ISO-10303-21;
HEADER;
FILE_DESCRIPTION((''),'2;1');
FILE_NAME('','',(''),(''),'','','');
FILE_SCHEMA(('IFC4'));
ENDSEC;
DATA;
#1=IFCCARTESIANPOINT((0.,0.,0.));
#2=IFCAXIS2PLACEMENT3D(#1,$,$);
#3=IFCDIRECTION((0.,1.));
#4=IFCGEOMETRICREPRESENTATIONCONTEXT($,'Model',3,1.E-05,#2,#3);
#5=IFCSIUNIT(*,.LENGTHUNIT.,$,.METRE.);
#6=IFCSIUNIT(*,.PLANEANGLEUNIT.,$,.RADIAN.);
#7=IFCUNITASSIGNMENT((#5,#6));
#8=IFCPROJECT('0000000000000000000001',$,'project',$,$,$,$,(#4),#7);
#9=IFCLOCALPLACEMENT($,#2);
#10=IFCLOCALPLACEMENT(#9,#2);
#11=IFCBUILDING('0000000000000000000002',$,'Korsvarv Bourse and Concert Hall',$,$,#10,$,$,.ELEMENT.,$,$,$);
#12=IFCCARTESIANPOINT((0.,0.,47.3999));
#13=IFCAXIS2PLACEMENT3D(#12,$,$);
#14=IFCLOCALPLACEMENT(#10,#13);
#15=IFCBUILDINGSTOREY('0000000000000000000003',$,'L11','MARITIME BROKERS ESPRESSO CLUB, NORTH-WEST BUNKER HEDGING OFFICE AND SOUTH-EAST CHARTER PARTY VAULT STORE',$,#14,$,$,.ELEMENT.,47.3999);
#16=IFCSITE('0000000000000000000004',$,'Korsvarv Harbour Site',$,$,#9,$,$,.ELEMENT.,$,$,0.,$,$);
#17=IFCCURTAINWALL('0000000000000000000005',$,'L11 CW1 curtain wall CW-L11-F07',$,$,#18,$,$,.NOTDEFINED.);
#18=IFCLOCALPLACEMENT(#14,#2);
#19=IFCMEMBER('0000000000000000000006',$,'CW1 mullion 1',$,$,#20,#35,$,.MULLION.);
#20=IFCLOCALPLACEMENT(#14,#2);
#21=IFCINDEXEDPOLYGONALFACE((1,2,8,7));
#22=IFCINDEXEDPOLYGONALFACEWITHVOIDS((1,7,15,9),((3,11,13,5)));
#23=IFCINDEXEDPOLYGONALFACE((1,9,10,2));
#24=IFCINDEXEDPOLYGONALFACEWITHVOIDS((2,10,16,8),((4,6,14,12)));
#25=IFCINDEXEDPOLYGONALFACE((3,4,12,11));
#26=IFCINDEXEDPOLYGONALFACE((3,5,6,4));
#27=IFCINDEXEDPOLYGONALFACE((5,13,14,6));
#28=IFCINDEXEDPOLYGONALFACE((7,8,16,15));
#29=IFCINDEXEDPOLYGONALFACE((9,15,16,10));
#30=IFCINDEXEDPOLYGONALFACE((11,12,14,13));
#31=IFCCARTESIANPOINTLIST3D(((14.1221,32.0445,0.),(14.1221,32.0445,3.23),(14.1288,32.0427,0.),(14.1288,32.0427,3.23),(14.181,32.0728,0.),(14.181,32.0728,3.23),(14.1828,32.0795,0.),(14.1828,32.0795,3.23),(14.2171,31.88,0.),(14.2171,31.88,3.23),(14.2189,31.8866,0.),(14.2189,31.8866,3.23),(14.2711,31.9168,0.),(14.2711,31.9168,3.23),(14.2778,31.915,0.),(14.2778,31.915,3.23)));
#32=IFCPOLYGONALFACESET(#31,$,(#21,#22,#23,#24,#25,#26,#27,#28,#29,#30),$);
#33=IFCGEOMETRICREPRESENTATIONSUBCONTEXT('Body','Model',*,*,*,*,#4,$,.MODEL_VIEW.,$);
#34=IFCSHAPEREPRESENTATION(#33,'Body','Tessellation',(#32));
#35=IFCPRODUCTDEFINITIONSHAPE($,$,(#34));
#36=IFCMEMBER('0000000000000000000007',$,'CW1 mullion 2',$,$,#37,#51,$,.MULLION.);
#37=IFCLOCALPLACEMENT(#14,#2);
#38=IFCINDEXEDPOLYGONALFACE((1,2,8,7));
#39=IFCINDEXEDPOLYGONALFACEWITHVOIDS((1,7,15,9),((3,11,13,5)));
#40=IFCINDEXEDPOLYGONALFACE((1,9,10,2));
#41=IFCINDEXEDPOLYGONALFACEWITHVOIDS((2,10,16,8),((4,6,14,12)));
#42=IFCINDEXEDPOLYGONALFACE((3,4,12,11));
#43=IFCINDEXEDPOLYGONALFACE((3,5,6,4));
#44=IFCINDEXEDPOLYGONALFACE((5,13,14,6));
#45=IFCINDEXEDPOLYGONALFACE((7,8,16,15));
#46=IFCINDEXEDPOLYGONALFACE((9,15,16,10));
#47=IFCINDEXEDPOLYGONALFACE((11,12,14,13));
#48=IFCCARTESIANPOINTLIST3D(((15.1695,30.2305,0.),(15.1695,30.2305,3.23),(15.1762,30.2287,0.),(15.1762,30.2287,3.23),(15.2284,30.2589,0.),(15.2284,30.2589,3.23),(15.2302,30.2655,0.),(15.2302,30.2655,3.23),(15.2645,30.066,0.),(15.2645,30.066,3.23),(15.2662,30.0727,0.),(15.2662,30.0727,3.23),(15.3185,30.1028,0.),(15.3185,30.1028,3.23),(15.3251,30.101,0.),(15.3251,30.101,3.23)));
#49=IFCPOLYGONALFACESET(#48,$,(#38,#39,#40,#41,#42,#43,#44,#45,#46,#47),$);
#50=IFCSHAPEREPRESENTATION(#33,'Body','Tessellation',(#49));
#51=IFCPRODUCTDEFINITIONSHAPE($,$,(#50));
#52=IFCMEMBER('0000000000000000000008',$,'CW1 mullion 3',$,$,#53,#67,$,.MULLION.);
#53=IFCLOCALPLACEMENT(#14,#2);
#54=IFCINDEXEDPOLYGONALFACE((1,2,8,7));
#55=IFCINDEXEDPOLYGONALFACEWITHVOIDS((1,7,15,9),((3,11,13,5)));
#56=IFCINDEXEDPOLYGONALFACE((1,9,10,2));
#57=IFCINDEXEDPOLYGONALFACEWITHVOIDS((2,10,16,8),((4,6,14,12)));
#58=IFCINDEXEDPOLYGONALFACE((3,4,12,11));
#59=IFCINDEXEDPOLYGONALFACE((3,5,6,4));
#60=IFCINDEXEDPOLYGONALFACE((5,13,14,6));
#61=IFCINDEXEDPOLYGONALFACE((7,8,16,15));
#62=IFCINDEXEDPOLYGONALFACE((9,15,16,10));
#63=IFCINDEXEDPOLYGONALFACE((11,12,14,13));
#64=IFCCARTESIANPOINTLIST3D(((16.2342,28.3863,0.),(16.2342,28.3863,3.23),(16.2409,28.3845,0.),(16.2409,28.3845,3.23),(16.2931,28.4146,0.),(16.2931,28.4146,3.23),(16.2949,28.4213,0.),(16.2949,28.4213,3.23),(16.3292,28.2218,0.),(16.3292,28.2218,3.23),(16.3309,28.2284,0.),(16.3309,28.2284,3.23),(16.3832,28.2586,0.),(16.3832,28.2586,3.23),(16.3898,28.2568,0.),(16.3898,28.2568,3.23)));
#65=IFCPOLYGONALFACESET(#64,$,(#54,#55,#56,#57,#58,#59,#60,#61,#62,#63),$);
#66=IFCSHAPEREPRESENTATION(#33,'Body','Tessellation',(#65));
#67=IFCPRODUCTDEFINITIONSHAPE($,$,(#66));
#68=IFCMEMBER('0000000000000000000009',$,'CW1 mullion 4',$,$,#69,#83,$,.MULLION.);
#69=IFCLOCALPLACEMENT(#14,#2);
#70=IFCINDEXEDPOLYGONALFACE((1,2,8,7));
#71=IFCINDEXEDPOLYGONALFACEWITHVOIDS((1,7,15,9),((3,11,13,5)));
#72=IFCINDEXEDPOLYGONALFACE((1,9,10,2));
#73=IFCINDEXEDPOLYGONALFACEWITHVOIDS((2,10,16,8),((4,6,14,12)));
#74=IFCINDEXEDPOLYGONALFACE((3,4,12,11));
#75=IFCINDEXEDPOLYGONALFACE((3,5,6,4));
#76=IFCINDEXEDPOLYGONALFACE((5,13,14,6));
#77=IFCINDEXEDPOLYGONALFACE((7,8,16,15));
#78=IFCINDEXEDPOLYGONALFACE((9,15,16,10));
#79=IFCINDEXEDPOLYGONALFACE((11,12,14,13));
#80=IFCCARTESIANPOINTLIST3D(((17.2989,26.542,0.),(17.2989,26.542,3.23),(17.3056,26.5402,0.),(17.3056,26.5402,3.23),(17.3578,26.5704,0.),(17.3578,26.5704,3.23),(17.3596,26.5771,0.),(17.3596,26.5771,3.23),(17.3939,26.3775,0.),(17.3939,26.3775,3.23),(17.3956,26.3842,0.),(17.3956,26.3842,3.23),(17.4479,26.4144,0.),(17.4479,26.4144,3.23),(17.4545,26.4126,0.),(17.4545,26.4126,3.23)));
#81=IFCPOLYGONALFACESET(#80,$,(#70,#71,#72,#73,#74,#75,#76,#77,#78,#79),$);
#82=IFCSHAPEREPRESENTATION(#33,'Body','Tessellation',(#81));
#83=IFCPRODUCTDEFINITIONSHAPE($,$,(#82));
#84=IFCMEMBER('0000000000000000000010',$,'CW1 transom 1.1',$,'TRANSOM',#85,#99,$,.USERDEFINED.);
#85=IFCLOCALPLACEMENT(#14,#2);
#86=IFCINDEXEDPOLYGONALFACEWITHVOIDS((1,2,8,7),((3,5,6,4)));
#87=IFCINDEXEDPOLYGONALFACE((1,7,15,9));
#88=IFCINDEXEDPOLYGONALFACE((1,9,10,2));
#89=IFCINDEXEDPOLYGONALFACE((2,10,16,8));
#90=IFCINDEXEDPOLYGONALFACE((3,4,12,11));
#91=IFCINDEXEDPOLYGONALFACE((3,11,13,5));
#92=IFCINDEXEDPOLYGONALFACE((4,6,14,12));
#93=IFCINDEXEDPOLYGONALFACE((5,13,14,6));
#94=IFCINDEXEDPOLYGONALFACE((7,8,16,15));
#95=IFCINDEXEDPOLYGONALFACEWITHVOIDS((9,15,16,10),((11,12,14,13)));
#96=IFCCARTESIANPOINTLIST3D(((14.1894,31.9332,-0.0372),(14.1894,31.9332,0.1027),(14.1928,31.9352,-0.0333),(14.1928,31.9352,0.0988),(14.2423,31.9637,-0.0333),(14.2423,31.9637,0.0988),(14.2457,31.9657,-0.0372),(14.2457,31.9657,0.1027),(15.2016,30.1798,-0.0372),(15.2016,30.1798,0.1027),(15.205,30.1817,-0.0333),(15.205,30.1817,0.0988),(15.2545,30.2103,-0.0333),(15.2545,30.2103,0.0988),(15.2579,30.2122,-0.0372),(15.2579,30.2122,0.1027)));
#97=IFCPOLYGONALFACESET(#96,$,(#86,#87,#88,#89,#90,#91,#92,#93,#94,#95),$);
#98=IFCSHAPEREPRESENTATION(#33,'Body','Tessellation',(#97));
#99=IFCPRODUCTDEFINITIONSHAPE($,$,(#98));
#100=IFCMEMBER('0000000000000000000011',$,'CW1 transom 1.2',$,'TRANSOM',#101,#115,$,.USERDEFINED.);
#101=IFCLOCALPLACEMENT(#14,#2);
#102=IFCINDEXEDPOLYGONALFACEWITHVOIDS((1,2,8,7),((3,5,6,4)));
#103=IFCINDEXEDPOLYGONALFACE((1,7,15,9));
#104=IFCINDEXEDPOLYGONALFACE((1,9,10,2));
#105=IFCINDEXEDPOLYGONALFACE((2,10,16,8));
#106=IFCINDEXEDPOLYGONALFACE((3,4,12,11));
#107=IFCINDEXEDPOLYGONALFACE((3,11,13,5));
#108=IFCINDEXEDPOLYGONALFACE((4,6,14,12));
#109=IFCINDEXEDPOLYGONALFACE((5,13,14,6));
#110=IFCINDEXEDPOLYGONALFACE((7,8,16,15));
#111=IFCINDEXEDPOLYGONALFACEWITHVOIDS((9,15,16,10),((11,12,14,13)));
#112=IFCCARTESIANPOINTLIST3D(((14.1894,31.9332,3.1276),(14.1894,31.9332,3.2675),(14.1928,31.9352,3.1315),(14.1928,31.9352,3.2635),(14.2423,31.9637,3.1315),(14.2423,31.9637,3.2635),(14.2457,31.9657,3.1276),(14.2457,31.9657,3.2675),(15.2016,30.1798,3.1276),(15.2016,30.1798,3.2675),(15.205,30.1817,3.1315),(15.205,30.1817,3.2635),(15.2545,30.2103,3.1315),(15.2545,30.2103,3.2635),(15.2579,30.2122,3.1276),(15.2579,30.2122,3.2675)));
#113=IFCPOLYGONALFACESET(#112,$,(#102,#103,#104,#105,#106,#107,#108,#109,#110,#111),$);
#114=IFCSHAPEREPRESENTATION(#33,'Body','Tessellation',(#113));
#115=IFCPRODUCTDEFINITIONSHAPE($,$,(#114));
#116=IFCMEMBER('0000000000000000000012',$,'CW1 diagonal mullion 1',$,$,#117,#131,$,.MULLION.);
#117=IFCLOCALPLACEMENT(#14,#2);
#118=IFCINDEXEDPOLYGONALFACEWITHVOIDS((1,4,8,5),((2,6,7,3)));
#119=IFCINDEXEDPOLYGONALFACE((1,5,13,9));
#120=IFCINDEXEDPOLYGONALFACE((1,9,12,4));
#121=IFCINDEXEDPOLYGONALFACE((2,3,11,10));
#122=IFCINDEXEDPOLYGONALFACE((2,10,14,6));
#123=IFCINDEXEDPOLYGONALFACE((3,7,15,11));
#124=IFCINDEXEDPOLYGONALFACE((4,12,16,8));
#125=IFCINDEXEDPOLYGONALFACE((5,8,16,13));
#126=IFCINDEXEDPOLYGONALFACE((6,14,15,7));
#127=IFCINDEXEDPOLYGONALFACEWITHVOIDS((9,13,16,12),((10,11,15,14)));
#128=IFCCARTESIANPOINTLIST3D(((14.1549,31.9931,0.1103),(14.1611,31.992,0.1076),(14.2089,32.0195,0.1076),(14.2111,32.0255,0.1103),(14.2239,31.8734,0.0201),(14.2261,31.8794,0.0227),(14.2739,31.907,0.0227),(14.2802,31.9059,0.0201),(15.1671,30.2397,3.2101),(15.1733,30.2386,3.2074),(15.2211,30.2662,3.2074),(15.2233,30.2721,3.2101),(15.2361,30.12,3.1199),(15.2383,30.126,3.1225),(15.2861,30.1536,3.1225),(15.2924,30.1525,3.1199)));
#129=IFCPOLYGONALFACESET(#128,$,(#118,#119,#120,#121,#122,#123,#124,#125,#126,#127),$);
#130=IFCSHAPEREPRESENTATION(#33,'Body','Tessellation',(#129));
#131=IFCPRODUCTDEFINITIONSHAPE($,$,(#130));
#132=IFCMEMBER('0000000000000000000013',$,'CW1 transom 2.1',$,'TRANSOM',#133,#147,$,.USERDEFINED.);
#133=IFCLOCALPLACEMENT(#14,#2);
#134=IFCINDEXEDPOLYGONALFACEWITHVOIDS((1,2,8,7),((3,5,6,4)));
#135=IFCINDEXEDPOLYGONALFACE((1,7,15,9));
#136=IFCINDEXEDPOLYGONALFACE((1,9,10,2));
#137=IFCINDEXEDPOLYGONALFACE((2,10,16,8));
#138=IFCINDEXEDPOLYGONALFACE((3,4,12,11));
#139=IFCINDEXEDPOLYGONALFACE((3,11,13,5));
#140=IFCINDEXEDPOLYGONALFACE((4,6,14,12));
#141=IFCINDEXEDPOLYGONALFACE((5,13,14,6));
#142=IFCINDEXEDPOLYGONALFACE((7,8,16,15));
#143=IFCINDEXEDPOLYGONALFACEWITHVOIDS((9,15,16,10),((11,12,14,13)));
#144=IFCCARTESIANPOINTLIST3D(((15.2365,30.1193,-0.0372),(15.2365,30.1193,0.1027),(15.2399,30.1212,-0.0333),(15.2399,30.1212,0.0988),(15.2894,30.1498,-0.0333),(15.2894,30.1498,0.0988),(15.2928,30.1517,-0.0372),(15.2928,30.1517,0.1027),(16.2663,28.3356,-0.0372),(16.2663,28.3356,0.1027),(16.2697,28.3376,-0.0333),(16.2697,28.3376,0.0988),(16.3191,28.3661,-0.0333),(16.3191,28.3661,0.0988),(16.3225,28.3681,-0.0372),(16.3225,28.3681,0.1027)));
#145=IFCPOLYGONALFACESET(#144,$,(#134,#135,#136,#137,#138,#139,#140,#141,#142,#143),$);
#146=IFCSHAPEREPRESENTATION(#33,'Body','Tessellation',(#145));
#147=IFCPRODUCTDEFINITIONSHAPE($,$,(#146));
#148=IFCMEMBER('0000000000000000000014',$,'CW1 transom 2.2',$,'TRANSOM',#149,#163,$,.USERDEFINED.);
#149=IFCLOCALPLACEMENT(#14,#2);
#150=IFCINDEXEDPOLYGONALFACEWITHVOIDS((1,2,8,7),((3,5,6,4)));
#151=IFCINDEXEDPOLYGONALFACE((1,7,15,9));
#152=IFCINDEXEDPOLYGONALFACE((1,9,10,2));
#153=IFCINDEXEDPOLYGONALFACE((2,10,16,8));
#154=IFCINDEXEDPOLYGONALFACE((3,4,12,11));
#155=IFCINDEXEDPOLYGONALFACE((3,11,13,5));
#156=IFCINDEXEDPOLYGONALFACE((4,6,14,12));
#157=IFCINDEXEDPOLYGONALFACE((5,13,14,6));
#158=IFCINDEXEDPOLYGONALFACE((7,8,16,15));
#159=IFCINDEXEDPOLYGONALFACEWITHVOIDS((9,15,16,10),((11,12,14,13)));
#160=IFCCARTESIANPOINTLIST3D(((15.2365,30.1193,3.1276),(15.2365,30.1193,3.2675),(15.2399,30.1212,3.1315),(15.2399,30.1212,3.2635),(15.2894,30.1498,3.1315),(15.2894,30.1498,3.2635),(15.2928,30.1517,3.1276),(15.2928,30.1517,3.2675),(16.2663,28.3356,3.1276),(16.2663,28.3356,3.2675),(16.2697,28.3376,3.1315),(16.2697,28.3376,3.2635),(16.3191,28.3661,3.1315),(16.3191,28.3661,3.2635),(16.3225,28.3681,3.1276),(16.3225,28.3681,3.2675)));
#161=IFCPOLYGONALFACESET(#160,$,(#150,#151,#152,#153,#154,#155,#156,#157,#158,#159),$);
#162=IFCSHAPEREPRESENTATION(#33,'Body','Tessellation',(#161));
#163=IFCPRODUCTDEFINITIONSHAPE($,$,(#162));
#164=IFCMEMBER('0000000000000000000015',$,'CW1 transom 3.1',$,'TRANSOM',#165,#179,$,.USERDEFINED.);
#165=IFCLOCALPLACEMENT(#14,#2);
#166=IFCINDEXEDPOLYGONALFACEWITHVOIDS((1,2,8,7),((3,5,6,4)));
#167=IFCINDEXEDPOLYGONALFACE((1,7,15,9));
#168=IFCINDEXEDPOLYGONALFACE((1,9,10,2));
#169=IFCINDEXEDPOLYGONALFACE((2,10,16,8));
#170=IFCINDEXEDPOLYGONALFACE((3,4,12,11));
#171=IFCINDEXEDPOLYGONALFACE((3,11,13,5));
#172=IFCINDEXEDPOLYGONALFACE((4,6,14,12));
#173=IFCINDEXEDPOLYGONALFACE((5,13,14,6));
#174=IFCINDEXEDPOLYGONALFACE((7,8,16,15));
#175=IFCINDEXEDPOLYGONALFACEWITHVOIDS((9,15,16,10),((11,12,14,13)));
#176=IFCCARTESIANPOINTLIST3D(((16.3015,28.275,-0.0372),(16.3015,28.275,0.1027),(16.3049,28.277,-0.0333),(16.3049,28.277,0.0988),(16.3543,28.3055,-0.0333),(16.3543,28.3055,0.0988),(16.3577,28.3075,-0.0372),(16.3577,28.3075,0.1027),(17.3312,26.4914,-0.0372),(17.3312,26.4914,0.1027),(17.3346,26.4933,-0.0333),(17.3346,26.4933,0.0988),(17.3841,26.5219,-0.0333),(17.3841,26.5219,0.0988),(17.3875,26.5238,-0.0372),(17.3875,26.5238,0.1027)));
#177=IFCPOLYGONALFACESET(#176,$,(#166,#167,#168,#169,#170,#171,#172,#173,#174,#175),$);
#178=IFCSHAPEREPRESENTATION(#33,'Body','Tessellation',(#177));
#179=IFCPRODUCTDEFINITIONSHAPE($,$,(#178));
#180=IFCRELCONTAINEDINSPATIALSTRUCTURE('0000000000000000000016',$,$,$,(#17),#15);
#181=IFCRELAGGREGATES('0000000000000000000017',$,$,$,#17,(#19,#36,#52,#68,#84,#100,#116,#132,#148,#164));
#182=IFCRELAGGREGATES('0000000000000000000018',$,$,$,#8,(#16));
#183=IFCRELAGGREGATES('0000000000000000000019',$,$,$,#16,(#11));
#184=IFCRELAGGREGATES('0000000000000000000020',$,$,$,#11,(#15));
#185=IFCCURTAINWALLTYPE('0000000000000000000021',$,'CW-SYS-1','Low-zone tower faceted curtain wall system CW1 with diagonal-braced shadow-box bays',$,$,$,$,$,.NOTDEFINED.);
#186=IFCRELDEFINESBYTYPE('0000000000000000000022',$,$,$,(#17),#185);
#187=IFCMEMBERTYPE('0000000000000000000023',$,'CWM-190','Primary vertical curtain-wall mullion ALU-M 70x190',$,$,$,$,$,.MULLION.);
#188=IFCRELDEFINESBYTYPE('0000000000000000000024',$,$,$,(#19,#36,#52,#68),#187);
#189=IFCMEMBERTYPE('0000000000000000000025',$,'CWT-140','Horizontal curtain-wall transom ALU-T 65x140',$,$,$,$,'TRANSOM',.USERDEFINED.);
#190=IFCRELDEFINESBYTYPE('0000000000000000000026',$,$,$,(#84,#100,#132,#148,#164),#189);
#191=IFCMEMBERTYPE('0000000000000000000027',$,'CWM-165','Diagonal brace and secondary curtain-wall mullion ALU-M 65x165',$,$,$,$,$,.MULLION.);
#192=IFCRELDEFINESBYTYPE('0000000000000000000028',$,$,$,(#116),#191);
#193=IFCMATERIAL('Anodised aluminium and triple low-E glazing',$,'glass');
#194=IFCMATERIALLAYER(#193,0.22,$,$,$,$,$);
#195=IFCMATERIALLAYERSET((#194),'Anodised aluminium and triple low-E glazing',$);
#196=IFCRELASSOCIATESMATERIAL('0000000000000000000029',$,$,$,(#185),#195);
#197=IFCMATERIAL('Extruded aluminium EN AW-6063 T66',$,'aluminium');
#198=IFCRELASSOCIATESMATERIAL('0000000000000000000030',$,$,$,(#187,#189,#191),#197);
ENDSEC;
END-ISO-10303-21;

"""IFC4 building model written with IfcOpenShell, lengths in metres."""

from ifc_helpers import new_model, si_unit, direction, frame, origin, origin_2d, place, context, subcontext, project, spatial, hollow_rectangle, extrude, source, transform, mapped, material, layer, layer_set, material_profile, profile_set, type_object, element, aggregate, save


model = new_model("IFC4")

# Units and contexts
model_context = context("Model", 3, precision=1e-05, world=origin(), true_north=direction((0.0, 1.0)))
body_context = subcontext(model_context, "Body", "Model", "MODEL_VIEW")
ifc_project = project(units=[si_unit("LENGTHUNIT", "METRE"), si_unit("PLANEANGLEUNIT", "RADIAN")], contexts=[model_context])

# Site, building, storey
site_placement = place(None, origin())
site = spatial("IfcSite", under=ifc_project, at=site_placement, Name="Korsvarv Harbour Site", CompositionType="ELEMENT", RefElevation=0.0)
building_placement = place(site_placement, origin())
building = spatial("IfcBuilding", under=site, at=building_placement, Name="Korsvarv Bourse and Concert Hall", CompositionType="ELEMENT")
storey_placement = place(building_placement, frame((0.0, 0.0, 47.3999)))
storey = spatial("IfcBuildingStorey", under=building, at=storey_placement, Name="L11", Description="MARITIME BROKERS ESPRESSO CLUB, NORTH-WEST BUNKER HEDGING OFFICE AND SOUTH-EAST CHARTER PARTY VAULT STORE", CompositionType="ELEMENT", Elevation=47.3999)

# Curtain wall, members
ifc_material_1 = material(Name="Anodised aluminium and triple low-E glazing", Category="glass")
ifc_layer_1 = layer(ifc_material_1, 0.22)
ifc_layer_set_1 = layer_set([ifc_layer_1], Name="Anodised aluminium and triple low-E glazing")
curtain_wall_type = type_object("IfcCurtainWallType", Name="CW-SYS-1", Description="Low-zone tower faceted curtain wall system CW1 with diagonal-braced shadow-box bays", PredefinedType="NOTDEFINED", material=ifc_layer_set_1)
curtain_wall_placement = place(storey_placement, origin())
curtain_wall = element("IfcCurtainWall", 1, at=curtain_wall_placement, inside=storey, type_object=curtain_wall_type, Name="L11 CW1 curtain wall CW-L11-F07", PredefinedType="NOTDEFINED")
ifc_material_2 = material(Name="Extruded aluminium EN AW-6063 T66", Category="aluminium")
ifc_material_profile_1 = material_profile(ifc_material_2, hollow_rectangle(XDim=0.0701, YDim=0.1899, WallThickness=0.0049, at=origin_2d()), Name="ALU-M 70x190")
ifc_profile_set_1 = profile_set([ifc_material_profile_1], Name="Extruded aluminium EN AW-6063 T66")
member_type_1 = type_object("IfcMemberType", Name="CWM-190", Description="Primary vertical curtain-wall mullion ALU-M 70x190", PredefinedType="MULLION", material=ifc_profile_set_1)
shared_shape_1 = source(origin(), body_context, "Body", "SweptSolid", [
    extrude(hollow_rectangle(XDim=0.0701, YDim=0.1899, WallThickness=0.0049, at=origin_2d()), origin(), (0.0, 0.0, 1.0), 3.23),
])
member_1_placement = place(storey_placement, frame((14.2, 31.9797, 0.0), z_axis=(0.0, 0.0, 1.0), x_axis=(0.866025, 0.5, 0.0)))
member_1 = element("IfcMember", 2, at=member_1_placement, type_object=member_type_1, Name="CW1 mullion 1", PredefinedType="MULLION", context=body_context, shape_type="MappedRepresentation", body=[
    mapped(shared_shape_1, transform((0.0, 0.0, 0.0), scale=1.0)),
])
member_2_placement = place(storey_placement, frame((15.2473, 30.1658, 0.0), z_axis=(0.0, 0.0, 1.0), x_axis=(0.866025, 0.5, 0.0)))
member_2 = element("IfcMember", 3, at=member_2_placement, type_object=member_type_1, Name="CW1 mullion 2", PredefinedType="MULLION", context=body_context, shape_type="MappedRepresentation", body=[
    mapped(shared_shape_1, transform((0.0, 0.0, 0.0), scale=1.0)),
])
member_3_placement = place(storey_placement, frame((16.312, 28.3215, 0.0), z_axis=(0.0, 0.0, 1.0), x_axis=(0.866025, 0.5, 0.0)))
member_3 = element("IfcMember", 4, at=member_3_placement, type_object=member_type_1, Name="CW1 mullion 3", PredefinedType="MULLION", context=body_context, shape_type="MappedRepresentation", body=[
    mapped(shared_shape_1, transform((0.0, 0.0, 0.0), scale=1.0)),
])
member_4_placement = place(storey_placement, frame((17.3767, 26.4773, 0.0), z_axis=(0.0, 0.0, 1.0), x_axis=(0.866025, 0.5, 0.0)))
member_4 = element("IfcMember", 5, at=member_4_placement, type_object=member_type_1, Name="CW1 mullion 4", PredefinedType="MULLION", context=body_context, shape_type="MappedRepresentation", body=[
    mapped(shared_shape_1, transform((0.0, 0.0, 0.0), scale=1.0)),
])
ifc_material_profile_2 = material_profile(ifc_material_2, hollow_rectangle(XDim=0.0649, YDim=0.1399, WallThickness=0.0039, at=origin_2d()), Name="ALU-T 65x140")
ifc_profile_set_2 = profile_set([ifc_material_profile_2], Name="Extruded aluminium EN AW-6063 T66")
member_type_2 = type_object("IfcMemberType", Name="CWT-140", Description="Horizontal curtain-wall transom ALU-T 65x140", ElementType="TRANSOM", PredefinedType="USERDEFINED", material=ifc_profile_set_2)
shared_shape_2 = source(origin(), body_context, "Body", "SweptSolid", [
    extrude(hollow_rectangle(XDim=0.0649, YDim=0.1399, WallThickness=0.0039, at=origin_2d()), origin(), (0.0, 0.0, 1.0), 2.0247),
])
member_5_placement = place(storey_placement, frame((14.2175, 31.9495, 0.0327), z_axis=(0.499952, -0.866053, 0.0), x_axis=(0.866053, 0.499952, 0.0)))
member_5 = element("IfcMember", 6, at=member_5_placement, type_object=member_type_2, Name="CW1 transom 1.1", ObjectType="TRANSOM", PredefinedType="USERDEFINED", context=body_context, shape_type="MappedRepresentation", body=[
    mapped(shared_shape_2, transform((0.0, 0.0, 0.0), scale=1.0)),
])
member_6_placement = place(storey_placement, frame((14.2175, 31.9495, 3.1975), z_axis=(0.499952, -0.866053, 0.0), x_axis=(0.866053, 0.499952, 0.0)))
member_6 = element("IfcMember", 7, at=member_6_placement, type_object=member_type_2, Name="CW1 transom 1.2", ObjectType="TRANSOM", PredefinedType="USERDEFINED", context=body_context, shape_type="MappedRepresentation", body=[
    mapped(shared_shape_2, transform((0.0, 0.0, 0.0), scale=1.0)),
])
ifc_material_profile_3 = material_profile(ifc_material_2, hollow_rectangle(XDim=0.0649, YDim=0.165, WallThickness=0.0049, at=origin_2d()), Name="ALU-M 65x165")
ifc_profile_set_3 = profile_set([ifc_material_profile_3], Name="Extruded aluminium EN AW-6063 T66")
member_type_3 = type_object("IfcMemberType", Name="CWM-165", Description="Diagonal brace and secondary curtain-wall mullion ALU-M 65x165", PredefinedType="MULLION", material=ifc_profile_set_3)
shared_shape_3 = source(origin(), body_context, "Body", "SweptSolid", [
    extrude(hollow_rectangle(XDim=0.0649, YDim=0.165, WallThickness=0.0049, at=origin_2d()), origin(), (0.0, 0.0, 1.0), 3.7024),
])
member_7_placement = place(storey_placement, frame((14.2175, 31.9495, 0.0652), z_axis=(0.273389, -0.473583, 0.837244), x_axis=(0.866053, 0.499952, 0.0)))
member_7 = element("IfcMember", 8, at=member_7_placement, type_object=member_type_3, Name="CW1 diagonal mullion 1", PredefinedType="MULLION", context=body_context, shape_type="MappedRepresentation", body=[
    mapped(shared_shape_3, transform((0.0, 0.0, 0.0), scale=1.0)),
])
shared_shape_4 = source(origin(), body_context, "Body", "SweptSolid", [
    extrude(hollow_rectangle(XDim=0.0649, YDim=0.1399, WallThickness=0.0039, at=origin_2d()), origin(), (0.0, 0.0, 1.0), 2.0596),
])
member_8_placement = place(storey_placement, frame((15.2646, 30.1355, 0.0327), z_axis=(0.499989, -0.866032, 0.0), x_axis=(0.866032, 0.499989, 0.0)))
member_8 = element("IfcMember", 9, at=member_8_placement, type_object=member_type_2, Name="CW1 transom 2.1", ObjectType="TRANSOM", PredefinedType="USERDEFINED", context=body_context, shape_type="MappedRepresentation", body=[
    mapped(shared_shape_4, transform((0.0, 0.0, 0.0), scale=1.0)),
])
member_9_placement = place(storey_placement, frame((15.2646, 30.1355, 3.1975), z_axis=(0.499989, -0.866032, 0.0), x_axis=(0.866032, 0.499989, 0.0)))
member_9 = element("IfcMember", 10, at=member_9_placement, type_object=member_type_2, Name="CW1 transom 2.2", ObjectType="TRANSOM", PredefinedType="USERDEFINED", context=body_context, shape_type="MappedRepresentation", body=[
    mapped(shared_shape_4, transform((0.0, 0.0, 0.0), scale=1.0)),
])
member_10_placement = place(storey_placement, frame((16.3296, 28.2913, 0.0327), z_axis=(0.499989, -0.866032, 0.0), x_axis=(0.866032, 0.499989, 0.0)))
member_10 = element("IfcMember", 11, at=member_10_placement, type_object=member_type_2, Name="CW1 transom 3.1", ObjectType="TRANSOM", PredefinedType="USERDEFINED", context=body_context, shape_type="MappedRepresentation", body=[
    mapped(shared_shape_4, transform((0.0, 0.0, 0.0), scale=1.0)),
])
aggregate(curtain_wall, [member_1, member_2, member_3, member_4, member_5, member_6, member_7, member_8, member_9, member_10])

save(model, "model.ifc")
